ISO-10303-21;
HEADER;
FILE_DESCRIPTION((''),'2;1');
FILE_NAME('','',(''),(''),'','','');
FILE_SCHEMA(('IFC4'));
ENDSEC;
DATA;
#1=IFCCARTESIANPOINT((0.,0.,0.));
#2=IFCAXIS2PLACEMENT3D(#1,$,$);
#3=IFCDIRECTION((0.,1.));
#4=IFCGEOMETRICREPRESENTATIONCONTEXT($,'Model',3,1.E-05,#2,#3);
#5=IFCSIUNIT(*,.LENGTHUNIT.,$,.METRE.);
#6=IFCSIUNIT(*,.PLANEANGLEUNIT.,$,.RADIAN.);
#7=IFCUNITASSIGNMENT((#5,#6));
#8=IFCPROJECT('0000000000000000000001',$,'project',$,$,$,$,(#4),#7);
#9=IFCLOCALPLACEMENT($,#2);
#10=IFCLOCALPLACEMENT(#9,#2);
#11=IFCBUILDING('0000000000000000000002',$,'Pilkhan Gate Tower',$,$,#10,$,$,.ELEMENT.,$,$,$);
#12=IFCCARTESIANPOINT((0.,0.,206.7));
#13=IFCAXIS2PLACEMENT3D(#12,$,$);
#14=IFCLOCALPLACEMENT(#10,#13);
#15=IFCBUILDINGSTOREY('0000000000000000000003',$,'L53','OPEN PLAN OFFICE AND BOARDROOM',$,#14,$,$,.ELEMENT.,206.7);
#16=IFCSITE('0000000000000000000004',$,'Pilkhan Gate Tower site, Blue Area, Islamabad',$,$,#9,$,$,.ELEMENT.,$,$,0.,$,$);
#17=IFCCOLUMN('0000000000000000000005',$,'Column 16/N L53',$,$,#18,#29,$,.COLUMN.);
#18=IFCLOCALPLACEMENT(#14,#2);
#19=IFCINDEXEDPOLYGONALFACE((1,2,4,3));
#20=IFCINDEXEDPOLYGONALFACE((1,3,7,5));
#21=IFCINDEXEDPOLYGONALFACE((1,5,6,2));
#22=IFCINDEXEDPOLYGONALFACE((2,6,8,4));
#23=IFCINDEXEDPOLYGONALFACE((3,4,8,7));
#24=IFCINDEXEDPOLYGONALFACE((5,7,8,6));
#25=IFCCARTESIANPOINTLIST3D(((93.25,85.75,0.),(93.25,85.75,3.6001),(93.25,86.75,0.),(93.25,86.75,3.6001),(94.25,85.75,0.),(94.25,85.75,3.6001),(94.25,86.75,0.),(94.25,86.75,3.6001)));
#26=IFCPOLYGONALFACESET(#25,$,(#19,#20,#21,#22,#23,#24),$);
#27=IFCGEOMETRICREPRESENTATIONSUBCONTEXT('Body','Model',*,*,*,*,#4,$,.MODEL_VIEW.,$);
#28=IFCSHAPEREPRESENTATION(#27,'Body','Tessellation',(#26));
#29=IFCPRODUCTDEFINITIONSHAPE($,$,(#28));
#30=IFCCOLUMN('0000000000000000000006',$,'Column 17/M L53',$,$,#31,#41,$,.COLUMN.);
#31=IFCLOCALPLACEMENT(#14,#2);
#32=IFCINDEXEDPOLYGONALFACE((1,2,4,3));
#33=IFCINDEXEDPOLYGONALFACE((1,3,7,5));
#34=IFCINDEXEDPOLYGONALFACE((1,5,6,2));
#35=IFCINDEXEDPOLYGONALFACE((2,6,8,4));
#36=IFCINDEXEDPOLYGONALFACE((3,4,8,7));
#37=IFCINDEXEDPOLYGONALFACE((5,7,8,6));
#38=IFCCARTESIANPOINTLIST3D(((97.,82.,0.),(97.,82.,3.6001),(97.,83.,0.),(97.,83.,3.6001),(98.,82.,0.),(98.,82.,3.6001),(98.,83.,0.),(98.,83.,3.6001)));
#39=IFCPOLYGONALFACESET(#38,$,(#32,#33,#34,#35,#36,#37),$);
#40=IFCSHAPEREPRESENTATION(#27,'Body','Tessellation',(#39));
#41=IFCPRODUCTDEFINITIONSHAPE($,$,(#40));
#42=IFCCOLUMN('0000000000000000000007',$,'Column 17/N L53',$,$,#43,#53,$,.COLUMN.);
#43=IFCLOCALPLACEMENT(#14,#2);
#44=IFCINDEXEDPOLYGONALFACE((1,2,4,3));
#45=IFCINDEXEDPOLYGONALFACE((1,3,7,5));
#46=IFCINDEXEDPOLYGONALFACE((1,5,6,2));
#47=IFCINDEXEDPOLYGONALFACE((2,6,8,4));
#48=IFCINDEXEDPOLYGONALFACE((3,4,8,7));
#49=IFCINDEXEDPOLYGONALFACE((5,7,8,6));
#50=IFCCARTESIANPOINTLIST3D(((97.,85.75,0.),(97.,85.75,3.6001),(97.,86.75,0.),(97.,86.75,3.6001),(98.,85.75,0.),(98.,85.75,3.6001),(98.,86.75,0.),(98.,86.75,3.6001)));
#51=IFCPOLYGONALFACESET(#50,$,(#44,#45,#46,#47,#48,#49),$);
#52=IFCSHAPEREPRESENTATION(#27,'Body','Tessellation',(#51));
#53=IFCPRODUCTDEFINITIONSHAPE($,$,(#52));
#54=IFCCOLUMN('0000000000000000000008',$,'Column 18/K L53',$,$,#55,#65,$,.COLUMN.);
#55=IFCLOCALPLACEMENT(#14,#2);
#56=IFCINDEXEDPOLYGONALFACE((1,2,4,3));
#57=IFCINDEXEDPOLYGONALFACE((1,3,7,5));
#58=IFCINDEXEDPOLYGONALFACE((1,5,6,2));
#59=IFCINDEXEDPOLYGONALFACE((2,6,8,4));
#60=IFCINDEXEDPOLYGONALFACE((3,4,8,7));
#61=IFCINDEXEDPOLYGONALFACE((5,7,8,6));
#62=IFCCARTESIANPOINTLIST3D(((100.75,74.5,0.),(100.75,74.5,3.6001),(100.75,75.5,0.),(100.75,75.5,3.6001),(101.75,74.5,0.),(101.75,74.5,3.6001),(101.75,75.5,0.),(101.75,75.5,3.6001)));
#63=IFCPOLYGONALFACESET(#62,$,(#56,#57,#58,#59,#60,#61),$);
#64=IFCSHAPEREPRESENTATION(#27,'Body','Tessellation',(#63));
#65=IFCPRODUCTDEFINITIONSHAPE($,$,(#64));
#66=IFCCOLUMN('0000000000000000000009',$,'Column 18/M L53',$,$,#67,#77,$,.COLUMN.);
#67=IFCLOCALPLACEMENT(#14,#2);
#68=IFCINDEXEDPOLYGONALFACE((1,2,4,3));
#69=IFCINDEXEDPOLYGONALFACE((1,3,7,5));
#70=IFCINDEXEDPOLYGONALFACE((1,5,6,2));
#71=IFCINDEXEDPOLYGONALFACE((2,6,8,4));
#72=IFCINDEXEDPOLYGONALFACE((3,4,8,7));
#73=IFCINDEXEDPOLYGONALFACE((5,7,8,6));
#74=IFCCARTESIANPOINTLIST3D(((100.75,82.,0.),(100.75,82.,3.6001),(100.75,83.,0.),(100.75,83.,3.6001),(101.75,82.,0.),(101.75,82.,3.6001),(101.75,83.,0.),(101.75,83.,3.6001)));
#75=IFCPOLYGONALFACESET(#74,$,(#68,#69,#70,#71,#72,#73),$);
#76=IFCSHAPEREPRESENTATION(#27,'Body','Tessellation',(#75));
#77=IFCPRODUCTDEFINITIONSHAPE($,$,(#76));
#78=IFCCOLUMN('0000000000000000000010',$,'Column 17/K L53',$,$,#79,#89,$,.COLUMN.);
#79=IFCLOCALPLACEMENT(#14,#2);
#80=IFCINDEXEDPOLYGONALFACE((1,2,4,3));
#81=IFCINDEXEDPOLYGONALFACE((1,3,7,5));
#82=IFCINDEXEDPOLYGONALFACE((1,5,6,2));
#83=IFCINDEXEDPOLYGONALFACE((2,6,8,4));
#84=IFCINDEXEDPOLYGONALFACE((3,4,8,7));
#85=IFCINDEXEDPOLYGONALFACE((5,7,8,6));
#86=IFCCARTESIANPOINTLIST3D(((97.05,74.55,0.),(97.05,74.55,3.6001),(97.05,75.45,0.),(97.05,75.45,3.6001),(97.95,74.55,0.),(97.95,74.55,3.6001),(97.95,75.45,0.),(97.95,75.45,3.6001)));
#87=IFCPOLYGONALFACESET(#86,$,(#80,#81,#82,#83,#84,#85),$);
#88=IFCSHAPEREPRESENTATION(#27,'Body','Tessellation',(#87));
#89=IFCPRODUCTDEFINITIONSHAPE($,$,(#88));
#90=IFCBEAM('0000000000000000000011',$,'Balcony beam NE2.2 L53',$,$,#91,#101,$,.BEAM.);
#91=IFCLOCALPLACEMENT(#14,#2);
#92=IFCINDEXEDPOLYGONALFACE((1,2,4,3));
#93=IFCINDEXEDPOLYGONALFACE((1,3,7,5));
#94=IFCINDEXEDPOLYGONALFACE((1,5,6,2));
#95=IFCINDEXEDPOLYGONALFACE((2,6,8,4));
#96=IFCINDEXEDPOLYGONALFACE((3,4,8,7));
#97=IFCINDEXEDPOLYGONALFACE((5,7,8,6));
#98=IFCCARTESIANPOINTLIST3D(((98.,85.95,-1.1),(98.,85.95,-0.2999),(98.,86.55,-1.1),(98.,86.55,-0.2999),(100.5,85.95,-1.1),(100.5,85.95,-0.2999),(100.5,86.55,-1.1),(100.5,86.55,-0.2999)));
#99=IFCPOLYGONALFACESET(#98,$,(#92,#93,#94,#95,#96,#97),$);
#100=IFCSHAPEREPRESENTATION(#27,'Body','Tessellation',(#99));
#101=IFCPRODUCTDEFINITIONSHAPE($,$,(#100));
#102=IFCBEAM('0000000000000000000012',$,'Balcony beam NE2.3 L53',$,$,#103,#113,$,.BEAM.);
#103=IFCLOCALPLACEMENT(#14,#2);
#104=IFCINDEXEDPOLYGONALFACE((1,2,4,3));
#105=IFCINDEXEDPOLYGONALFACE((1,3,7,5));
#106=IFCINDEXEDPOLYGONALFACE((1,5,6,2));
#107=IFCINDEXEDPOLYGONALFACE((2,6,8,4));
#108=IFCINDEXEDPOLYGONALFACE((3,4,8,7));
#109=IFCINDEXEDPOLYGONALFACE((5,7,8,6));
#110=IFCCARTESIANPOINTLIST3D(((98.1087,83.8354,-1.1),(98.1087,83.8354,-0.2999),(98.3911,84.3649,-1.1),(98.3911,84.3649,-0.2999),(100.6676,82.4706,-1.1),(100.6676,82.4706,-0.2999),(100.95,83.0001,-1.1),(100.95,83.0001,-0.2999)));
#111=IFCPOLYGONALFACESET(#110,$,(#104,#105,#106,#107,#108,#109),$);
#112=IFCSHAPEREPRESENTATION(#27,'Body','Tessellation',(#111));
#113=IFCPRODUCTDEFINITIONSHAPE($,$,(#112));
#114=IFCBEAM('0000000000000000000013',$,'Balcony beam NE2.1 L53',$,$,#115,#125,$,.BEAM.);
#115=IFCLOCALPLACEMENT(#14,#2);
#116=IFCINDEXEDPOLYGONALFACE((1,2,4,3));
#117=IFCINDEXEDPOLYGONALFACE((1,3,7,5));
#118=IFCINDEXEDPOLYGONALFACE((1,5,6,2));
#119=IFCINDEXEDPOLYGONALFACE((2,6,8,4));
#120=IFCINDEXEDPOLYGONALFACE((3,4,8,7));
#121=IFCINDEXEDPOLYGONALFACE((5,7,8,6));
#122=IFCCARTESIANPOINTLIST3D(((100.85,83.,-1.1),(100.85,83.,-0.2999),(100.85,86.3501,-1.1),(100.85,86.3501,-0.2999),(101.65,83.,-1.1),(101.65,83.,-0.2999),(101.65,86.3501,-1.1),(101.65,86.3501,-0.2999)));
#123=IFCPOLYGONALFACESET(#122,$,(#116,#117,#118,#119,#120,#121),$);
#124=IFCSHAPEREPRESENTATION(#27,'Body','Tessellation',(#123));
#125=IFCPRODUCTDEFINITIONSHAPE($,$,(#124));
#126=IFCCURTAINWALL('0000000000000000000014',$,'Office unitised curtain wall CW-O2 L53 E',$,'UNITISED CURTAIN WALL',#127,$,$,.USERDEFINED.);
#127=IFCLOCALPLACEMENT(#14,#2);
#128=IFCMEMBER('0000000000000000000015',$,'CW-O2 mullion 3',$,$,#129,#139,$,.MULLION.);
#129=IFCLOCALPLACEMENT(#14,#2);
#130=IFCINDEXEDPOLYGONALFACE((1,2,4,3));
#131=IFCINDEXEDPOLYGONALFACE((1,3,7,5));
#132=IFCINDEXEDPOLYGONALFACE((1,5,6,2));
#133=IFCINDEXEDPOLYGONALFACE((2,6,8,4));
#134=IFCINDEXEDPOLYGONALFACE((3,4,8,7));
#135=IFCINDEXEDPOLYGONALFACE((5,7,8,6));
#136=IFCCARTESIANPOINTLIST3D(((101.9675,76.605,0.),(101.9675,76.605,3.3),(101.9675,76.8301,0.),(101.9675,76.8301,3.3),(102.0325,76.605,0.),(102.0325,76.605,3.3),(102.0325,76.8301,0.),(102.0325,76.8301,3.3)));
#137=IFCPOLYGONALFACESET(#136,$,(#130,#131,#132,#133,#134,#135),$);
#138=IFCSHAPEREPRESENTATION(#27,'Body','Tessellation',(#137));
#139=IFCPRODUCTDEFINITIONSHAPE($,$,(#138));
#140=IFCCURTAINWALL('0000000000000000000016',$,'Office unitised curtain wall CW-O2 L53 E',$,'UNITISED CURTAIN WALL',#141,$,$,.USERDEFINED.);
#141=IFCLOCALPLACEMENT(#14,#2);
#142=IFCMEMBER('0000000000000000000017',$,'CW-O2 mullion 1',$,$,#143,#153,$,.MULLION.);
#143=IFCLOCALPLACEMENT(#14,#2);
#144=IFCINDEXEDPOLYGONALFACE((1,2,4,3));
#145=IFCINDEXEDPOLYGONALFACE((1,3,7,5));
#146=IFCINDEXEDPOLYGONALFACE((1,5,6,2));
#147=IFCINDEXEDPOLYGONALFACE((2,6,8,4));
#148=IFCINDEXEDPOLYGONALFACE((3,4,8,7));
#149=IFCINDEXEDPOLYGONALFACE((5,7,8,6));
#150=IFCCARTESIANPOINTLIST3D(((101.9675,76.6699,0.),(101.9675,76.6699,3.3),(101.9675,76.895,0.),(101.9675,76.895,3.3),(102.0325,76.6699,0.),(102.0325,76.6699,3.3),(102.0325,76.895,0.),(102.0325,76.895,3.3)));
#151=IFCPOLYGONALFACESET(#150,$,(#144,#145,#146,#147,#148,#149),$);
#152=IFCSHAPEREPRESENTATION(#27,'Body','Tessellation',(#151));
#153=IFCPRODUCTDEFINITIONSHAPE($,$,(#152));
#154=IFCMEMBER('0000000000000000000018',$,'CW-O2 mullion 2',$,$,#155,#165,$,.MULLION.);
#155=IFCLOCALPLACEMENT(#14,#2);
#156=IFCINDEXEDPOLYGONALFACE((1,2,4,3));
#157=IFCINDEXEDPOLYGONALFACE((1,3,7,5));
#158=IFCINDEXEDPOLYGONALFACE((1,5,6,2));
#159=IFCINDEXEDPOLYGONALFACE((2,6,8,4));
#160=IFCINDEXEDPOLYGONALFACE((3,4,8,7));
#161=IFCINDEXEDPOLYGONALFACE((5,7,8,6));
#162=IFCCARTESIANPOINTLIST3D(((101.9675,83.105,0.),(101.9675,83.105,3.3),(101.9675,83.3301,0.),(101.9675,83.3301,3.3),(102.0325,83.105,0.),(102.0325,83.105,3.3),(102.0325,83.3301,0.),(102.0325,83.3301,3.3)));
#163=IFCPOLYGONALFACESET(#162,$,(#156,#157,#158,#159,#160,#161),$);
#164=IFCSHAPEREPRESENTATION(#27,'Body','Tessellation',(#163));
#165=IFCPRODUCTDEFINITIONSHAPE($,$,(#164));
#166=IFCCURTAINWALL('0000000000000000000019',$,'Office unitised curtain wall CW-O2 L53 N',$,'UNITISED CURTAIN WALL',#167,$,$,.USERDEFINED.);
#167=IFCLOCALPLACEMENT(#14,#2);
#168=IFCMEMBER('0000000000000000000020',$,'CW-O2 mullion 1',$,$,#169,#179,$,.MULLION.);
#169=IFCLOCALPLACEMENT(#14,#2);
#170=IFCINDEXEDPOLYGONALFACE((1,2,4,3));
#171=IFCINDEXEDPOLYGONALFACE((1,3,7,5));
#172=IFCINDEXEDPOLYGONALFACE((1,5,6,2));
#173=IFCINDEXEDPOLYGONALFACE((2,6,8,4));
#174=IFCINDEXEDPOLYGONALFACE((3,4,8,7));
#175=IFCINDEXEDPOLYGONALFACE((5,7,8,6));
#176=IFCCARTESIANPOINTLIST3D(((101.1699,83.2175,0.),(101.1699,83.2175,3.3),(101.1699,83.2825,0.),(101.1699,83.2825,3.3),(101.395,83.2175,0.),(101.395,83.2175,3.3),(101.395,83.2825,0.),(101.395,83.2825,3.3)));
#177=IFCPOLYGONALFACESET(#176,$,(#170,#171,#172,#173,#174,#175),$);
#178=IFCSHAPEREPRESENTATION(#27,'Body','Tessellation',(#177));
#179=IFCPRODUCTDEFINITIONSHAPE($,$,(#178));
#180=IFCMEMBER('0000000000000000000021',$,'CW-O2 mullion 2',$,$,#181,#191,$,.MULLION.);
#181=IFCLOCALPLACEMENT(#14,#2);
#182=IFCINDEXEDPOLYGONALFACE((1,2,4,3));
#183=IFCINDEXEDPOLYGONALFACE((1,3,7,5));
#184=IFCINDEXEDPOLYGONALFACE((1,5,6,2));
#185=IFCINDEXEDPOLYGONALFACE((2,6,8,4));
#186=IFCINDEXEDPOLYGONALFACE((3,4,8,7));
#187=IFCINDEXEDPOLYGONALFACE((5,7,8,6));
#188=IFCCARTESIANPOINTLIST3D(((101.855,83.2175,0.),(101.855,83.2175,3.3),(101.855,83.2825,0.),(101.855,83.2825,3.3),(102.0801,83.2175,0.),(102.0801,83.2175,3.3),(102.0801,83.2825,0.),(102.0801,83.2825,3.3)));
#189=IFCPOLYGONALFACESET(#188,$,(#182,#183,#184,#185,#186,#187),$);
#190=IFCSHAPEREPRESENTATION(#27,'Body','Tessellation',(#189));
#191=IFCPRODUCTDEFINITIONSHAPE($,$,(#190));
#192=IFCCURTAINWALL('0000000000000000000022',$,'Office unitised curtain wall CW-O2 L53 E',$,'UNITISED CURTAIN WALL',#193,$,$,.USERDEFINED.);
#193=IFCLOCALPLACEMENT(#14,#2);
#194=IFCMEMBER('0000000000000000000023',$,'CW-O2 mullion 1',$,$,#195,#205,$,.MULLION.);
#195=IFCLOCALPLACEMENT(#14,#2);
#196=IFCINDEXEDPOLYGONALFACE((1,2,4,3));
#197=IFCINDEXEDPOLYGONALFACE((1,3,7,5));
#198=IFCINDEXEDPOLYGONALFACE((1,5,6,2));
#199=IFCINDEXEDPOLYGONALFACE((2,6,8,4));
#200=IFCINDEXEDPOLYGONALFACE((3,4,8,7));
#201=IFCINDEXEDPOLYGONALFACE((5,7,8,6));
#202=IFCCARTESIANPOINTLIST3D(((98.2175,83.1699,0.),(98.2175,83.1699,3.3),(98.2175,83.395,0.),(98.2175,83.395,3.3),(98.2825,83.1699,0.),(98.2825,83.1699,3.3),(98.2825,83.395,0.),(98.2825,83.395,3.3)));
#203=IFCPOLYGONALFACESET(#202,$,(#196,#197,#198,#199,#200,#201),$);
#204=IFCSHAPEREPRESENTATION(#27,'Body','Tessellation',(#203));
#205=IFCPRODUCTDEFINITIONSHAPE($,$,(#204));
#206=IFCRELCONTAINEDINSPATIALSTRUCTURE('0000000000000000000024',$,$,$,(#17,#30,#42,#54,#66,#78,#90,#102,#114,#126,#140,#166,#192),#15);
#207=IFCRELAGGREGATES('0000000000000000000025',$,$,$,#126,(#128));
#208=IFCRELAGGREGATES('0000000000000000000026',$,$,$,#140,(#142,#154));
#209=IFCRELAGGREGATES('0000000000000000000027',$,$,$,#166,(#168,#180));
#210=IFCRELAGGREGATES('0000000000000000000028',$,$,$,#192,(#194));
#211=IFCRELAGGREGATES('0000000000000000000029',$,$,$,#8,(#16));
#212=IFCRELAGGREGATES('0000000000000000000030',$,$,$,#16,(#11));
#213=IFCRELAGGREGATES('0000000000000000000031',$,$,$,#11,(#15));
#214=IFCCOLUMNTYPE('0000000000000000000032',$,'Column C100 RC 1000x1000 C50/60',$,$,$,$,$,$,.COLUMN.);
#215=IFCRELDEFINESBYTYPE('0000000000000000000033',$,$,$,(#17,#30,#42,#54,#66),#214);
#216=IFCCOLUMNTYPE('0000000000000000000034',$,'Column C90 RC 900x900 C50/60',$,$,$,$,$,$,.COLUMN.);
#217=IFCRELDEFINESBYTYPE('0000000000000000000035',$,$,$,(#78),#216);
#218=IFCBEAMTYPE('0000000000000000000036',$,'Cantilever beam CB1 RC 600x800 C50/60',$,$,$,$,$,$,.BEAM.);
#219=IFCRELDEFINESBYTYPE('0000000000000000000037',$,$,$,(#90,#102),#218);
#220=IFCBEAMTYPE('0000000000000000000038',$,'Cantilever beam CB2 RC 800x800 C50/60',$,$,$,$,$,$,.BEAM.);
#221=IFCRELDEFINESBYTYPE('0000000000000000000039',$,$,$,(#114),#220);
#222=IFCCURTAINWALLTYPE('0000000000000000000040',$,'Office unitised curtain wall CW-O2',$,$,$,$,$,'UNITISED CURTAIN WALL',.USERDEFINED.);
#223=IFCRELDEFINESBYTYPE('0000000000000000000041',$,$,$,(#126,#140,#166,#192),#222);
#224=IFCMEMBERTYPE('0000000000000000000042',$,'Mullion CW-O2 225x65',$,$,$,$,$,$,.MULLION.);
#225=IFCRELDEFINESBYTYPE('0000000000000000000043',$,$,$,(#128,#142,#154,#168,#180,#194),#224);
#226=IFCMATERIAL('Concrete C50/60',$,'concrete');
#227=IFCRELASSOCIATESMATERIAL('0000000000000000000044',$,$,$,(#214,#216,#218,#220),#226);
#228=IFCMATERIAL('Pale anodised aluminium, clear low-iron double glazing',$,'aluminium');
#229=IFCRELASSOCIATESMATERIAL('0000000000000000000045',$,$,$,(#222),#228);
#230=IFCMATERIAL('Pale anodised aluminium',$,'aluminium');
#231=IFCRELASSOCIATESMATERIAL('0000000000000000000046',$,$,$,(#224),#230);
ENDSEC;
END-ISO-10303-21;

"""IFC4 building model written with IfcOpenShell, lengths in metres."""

from ifc_helpers import new_model, si_unit, direction, frame, origin, origin_2d, place, context, subcontext, project, spatial, rectangle, extrude, material, material_profile, profile_set, type_object, element, aggregate, save


model = new_model("IFC4")

# Units and contexts
model_context = context("Model", 3, precision=1e-05, world=origin(), true_north=direction((0.0, 1.0)))
body_context = subcontext(model_context, "Body", "Model", "MODEL_VIEW")
ifc_project = project(units=[si_unit("LENGTHUNIT", "METRE"), si_unit("PLANEANGLEUNIT", "RADIAN")], contexts=[model_context])

# Site, building, storey
site_placement = place(None, origin())
site = spatial("IfcSite", under=ifc_project, at=site_placement, Name="Pilkhan Gate Tower site, Blue Area, Islamabad", CompositionType="ELEMENT", RefElevation=0.0)
building_placement = place(site_placement, origin())
building = spatial("IfcBuilding", under=site, at=building_placement, Name="Pilkhan Gate Tower", CompositionType="ELEMENT")
storey_placement = place(building_placement, frame((0.0, 0.0, 206.7)))
storey = spatial("IfcBuildingStorey", under=building, at=storey_placement, Name="L53", Description="OPEN PLAN OFFICE AND BOARDROOM", CompositionType="ELEMENT", Elevation=206.7)

# Columns
ifc_material_1 = material(Name="Concrete C50/60", Category="concrete")
ifc_material_profile_1 = material_profile(ifc_material_1, rectangle(XDim=1.0, YDim=1.0, at=origin_2d()), Name="RC 1000x1000")
ifc_profile_set_1 = profile_set([ifc_material_profile_1], Name="Concrete C50/60")
column_type_1 = type_object("IfcColumnType", Name="Column C100 RC 1000x1000 C50/60", PredefinedType="COLUMN", material=ifc_profile_set_1)
for number, where, z_axis, x_axis, name in (
    (1, (93.75, 86.25, 0.0), (0.0, 0.0, 1.0), (1.0, 0.0, 0.0), "Column 16/N L53"),
    (2, (97.5, 82.5, 0.0), (0.0, 0.0, 1.0), (1.0, 0.0, 0.0), "Column 17/M L53"),
    (3, (97.5, 86.25, 0.0), (0.0, 0.0, 1.0), (1.0, 0.0, 0.0), "Column 17/N L53"),
    (4, (101.25, 75.0, 0.0), (0.0, 0.0, 1.0), (1.0, 0.0, 0.0), "Column 18/K L53"),
    (5, (101.25, 82.5, 0.0), (0.0, 0.0, 1.0), (1.0, 0.0, 0.0), "Column 18/M L53"),
):
    element("IfcColumn", number, at=place(storey_placement, frame(where, z_axis=z_axis, x_axis=x_axis)), inside=storey, type_object=column_type_1, Name=name, PredefinedType="COLUMN", context=body_context, shape_type="SweptSolid", body=[
        extrude(rectangle(XDim=1.0, YDim=1.0, at=origin_2d()), origin(), (0.0, 0.0, 1.0), 3.6001),
    ])
ifc_material_profile_2 = material_profile(ifc_material_1, rectangle(XDim=0.8999, YDim=0.8999, at=origin_2d()), Name="RC 900x900")
ifc_profile_set_2 = profile_set([ifc_material_profile_2], Name="Concrete C50/60")
column_type_2 = type_object("IfcColumnType", Name="Column C90 RC 900x900 C50/60", PredefinedType="COLUMN", material=ifc_profile_set_2)
column_placement = place(storey_placement, frame((97.5, 75.0, 0.0), z_axis=(0.0, 0.0, 1.0), x_axis=(1.0, 0.0, 0.0)))
element("IfcColumn", 6, at=column_placement, inside=storey, type_object=column_type_2, Name="Column 17/K L53", PredefinedType="COLUMN", context=body_context, shape_type="SweptSolid", body=[
    extrude(rectangle(XDim=0.8999, YDim=0.8999, at=origin_2d()), origin(), (0.0, 0.0, 1.0), 3.6001),
])

# Beams
ifc_material_profile_3 = material_profile(ifc_material_1, rectangle(XDim=0.6001, YDim=0.8, at=origin_2d()), Name="RC 600x800")
ifc_profile_set_3 = profile_set([ifc_material_profile_3], Name="Concrete C50/60")
beam_type_1 = type_object("IfcBeamType", Name="Cantilever beam CB1 RC 600x800 C50/60", PredefinedType="BEAM", material=ifc_profile_set_3)
beam_1_placement = place(storey_placement, frame((98.0, 86.25, -0.7), z_axis=(1.0, 0.0, 0.0), x_axis=(0.0, 1.0, 0.0)))
element("IfcBeam", 7, at=beam_1_placement, inside=storey, type_object=beam_type_1, Name="Balcony beam NE2.2 L53", PredefinedType="BEAM", context=body_context, shape_type="SweptSolid", body=[
    extrude(rectangle(XDim=0.6001, YDim=0.8, at=origin_2d()), origin(), (0.0, 0.0, 1.0), 2.5),
])
beam_2_placement = place(storey_placement, frame((100.8088, 82.7354, -0.7), z_axis=(-0.882348, 0.470597, 0.0), x_axis=(-0.470597, -0.882348, 0.0)))
element("IfcBeam", 8, at=beam_2_placement, inside=storey, type_object=beam_type_1, Name="Balcony beam NE2.3 L53", PredefinedType="BEAM", context=body_context, shape_type="SweptSolid", body=[
    extrude(rectangle(XDim=0.6001, YDim=0.8, at=origin_2d()), origin(), (0.0, 0.0, 1.0), 2.9001),
])
ifc_material_profile_4 = material_profile(ifc_material_1, rectangle(XDim=0.8, YDim=0.8, at=origin_2d()), Name="RC 800x800")
ifc_profile_set_4 = profile_set([ifc_material_profile_4], Name="Concrete C50/60")
beam_type_2 = type_object("IfcBeamType", Name="Cantilever beam CB2 RC 800x800 C50/60", PredefinedType="BEAM", material=ifc_profile_set_4)
beam_3_placement = place(storey_placement, frame((101.25, 83.0, -0.7), z_axis=(0.0, 1.0, 0.0), x_axis=(-1.0, 0.0, 0.0)))
element("IfcBeam", 9, at=beam_3_placement, inside=storey, type_object=beam_type_2, Name="Balcony beam NE2.1 L53", PredefinedType="BEAM", context=body_context, shape_type="SweptSolid", body=[
    extrude(rectangle(XDim=0.8, YDim=0.8, at=origin_2d()), origin(), (0.0, 0.0, 1.0), 3.3501),
])

# Curtain wall, member
ifc_material_2 = material(Name="Pale anodised aluminium, clear low-iron double glazing", Category="aluminium")
curtain_wall_type = type_object("IfcCurtainWallType", Name="Office unitised curtain wall CW-O2", ElementType="UNITISED CURTAIN WALL", PredefinedType="USERDEFINED", material=ifc_material_2)
curtain_wall_1_placement = place(storey_placement, origin())
curtain_wall_1 = element("IfcCurtainWall", 10, at=curtain_wall_1_placement, inside=storey, type_object=curtain_wall_type, Name="Office unitised curtain wall CW-O2 L53 E", ObjectType="UNITISED CURTAIN WALL", PredefinedType="USERDEFINED")
ifc_material_3 = material(Name="Pale anodised aluminium", Category="aluminium")
ifc_material_profile_5 = material_profile(ifc_material_3, rectangle(XDim=0.0649, YDim=0.2251, at=origin_2d()), Name="Mullion 225x65")
ifc_profile_set_5 = profile_set([ifc_material_profile_5], Name="Pale anodised aluminium")
member_type_1 = type_object("IfcMemberType", Name="Mullion CW-O2 225x65", PredefinedType="MULLION", material=ifc_profile_set_5)
member_1_placement = place(storey_placement, frame((102.0, 76.7175, 0.0), z_axis=(0.0, 0.0, 1.0), x_axis=(-1.0, 0.0, 0.0)))
member_1 = element("IfcMember", 11, at=member_1_placement, type_object=member_type_1, Name="CW-O2 mullion 3", PredefinedType="MULLION", context=body_context, shape_type="SweptSolid", body=[
    extrude(rectangle(XDim=0.0649, YDim=0.2251, at=origin_2d()), origin(), (0.0, 0.0, 1.0), 3.3),
])
aggregate(curtain_wall_1, [member_1])

# Curtain walls, members
curtain_wall_2_placement = place(storey_placement, origin())
curtain_wall_2 = element("IfcCurtainWall", 12, at=curtain_wall_2_placement, inside=storey, type_object=curtain_wall_type, Name="Office unitised curtain wall CW-O2 L53 E", ObjectType="UNITISED CURTAIN WALL", PredefinedType="USERDEFINED")
member_2_placement = place(storey_placement, frame((102.0, 76.7825, 0.0), z_axis=(0.0, 0.0, 1.0), x_axis=(-1.0, 0.0, 0.0)))
member_2 = element("IfcMember", 13, at=member_2_placement, type_object=member_type_1, Name="CW-O2 mullion 1", PredefinedType="MULLION", context=body_context, shape_type="SweptSolid", body=[
    extrude(rectangle(XDim=0.0649, YDim=0.2251, at=origin_2d()), origin(), (0.0, 0.0, 1.0), 3.3),
])
member_3_placement = place(storey_placement, frame((102.0, 83.2175, 0.0), z_axis=(0.0, 0.0, 1.0), x_axis=(-1.0, 0.0, 0.0)))
member_3 = element("IfcMember", 14, at=member_3_placement, type_object=member_type_1, Name="CW-O2 mullion 2", PredefinedType="MULLION", context=body_context, shape_type="SweptSolid", body=[
    extrude(rectangle(XDim=0.0649, YDim=0.2251, at=origin_2d()), origin(), (0.0, 0.0, 1.0), 3.3),
])
curtain_wall_3_placement = place(storey_placement, origin())
curtain_wall_3 = element("IfcCurtainWall", 15, at=curtain_wall_3_placement, inside=storey, type_object=curtain_wall_type, Name="Office unitised curtain wall CW-O2 L53 N", ObjectType="UNITISED CURTAIN WALL", PredefinedType="USERDEFINED")
member_4_placement = place(storey_placement, frame((101.2825, 83.25, 0.0), z_axis=(0.0, 0.0, 1.0), x_axis=(0.0, 1.0, 0.0)))
member_4 = element("IfcMember", 16, at=member_4_placement, type_object=member_type_1, Name="CW-O2 mullion 1", PredefinedType="MULLION", context=body_context, shape_type="SweptSolid", body=[
    extrude(rectangle(XDim=0.0649, YDim=0.2251, at=origin_2d()), origin(), (0.0, 0.0, 1.0), 3.3),
])
member_5_placement = place(storey_placement, frame((101.9675, 83.25, 0.0), z_axis=(0.0, 0.0, 1.0), x_axis=(0.0, 1.0, 0.0)))
member_5 = element("IfcMember", 17, at=member_5_placement, type_object=member_type_1, Name="CW-O2 mullion 2", PredefinedType="MULLION", context=body_context, shape_type="SweptSolid", body=[
    extrude(rectangle(XDim=0.0649, YDim=0.2251, at=origin_2d()), origin(), (0.0, 0.0, 1.0), 3.3),
])

# Curtain wall, member
curtain_wall_4_placement = place(storey_placement, origin())
curtain_wall_4 = element("IfcCurtainWall", 18, at=curtain_wall_4_placement, inside=storey, type_object=curtain_wall_type, Name="Office unitised curtain wall CW-O2 L53 E", ObjectType="UNITISED CURTAIN WALL", PredefinedType="USERDEFINED")
member_6_placement = place(storey_placement, frame((98.25, 83.2825, 0.0), z_axis=(0.0, 0.0, 1.0), x_axis=(-1.0, 0.0, 0.0)))
member_6 = element("IfcMember", 19, at=member_6_placement, type_object=member_type_1, Name="CW-O2 mullion 1", PredefinedType="MULLION", context=body_context, shape_type="SweptSolid", body=[
    extrude(rectangle(XDim=0.0649, YDim=0.2251, at=origin_2d()), origin(), (0.0, 0.0, 1.0), 3.3),
])

aggregate(curtain_wall_2, [member_2, member_3])
aggregate(curtain_wall_3, [member_4, member_5])
aggregate(curtain_wall_4, [member_6])

save(model, "model.ifc")
